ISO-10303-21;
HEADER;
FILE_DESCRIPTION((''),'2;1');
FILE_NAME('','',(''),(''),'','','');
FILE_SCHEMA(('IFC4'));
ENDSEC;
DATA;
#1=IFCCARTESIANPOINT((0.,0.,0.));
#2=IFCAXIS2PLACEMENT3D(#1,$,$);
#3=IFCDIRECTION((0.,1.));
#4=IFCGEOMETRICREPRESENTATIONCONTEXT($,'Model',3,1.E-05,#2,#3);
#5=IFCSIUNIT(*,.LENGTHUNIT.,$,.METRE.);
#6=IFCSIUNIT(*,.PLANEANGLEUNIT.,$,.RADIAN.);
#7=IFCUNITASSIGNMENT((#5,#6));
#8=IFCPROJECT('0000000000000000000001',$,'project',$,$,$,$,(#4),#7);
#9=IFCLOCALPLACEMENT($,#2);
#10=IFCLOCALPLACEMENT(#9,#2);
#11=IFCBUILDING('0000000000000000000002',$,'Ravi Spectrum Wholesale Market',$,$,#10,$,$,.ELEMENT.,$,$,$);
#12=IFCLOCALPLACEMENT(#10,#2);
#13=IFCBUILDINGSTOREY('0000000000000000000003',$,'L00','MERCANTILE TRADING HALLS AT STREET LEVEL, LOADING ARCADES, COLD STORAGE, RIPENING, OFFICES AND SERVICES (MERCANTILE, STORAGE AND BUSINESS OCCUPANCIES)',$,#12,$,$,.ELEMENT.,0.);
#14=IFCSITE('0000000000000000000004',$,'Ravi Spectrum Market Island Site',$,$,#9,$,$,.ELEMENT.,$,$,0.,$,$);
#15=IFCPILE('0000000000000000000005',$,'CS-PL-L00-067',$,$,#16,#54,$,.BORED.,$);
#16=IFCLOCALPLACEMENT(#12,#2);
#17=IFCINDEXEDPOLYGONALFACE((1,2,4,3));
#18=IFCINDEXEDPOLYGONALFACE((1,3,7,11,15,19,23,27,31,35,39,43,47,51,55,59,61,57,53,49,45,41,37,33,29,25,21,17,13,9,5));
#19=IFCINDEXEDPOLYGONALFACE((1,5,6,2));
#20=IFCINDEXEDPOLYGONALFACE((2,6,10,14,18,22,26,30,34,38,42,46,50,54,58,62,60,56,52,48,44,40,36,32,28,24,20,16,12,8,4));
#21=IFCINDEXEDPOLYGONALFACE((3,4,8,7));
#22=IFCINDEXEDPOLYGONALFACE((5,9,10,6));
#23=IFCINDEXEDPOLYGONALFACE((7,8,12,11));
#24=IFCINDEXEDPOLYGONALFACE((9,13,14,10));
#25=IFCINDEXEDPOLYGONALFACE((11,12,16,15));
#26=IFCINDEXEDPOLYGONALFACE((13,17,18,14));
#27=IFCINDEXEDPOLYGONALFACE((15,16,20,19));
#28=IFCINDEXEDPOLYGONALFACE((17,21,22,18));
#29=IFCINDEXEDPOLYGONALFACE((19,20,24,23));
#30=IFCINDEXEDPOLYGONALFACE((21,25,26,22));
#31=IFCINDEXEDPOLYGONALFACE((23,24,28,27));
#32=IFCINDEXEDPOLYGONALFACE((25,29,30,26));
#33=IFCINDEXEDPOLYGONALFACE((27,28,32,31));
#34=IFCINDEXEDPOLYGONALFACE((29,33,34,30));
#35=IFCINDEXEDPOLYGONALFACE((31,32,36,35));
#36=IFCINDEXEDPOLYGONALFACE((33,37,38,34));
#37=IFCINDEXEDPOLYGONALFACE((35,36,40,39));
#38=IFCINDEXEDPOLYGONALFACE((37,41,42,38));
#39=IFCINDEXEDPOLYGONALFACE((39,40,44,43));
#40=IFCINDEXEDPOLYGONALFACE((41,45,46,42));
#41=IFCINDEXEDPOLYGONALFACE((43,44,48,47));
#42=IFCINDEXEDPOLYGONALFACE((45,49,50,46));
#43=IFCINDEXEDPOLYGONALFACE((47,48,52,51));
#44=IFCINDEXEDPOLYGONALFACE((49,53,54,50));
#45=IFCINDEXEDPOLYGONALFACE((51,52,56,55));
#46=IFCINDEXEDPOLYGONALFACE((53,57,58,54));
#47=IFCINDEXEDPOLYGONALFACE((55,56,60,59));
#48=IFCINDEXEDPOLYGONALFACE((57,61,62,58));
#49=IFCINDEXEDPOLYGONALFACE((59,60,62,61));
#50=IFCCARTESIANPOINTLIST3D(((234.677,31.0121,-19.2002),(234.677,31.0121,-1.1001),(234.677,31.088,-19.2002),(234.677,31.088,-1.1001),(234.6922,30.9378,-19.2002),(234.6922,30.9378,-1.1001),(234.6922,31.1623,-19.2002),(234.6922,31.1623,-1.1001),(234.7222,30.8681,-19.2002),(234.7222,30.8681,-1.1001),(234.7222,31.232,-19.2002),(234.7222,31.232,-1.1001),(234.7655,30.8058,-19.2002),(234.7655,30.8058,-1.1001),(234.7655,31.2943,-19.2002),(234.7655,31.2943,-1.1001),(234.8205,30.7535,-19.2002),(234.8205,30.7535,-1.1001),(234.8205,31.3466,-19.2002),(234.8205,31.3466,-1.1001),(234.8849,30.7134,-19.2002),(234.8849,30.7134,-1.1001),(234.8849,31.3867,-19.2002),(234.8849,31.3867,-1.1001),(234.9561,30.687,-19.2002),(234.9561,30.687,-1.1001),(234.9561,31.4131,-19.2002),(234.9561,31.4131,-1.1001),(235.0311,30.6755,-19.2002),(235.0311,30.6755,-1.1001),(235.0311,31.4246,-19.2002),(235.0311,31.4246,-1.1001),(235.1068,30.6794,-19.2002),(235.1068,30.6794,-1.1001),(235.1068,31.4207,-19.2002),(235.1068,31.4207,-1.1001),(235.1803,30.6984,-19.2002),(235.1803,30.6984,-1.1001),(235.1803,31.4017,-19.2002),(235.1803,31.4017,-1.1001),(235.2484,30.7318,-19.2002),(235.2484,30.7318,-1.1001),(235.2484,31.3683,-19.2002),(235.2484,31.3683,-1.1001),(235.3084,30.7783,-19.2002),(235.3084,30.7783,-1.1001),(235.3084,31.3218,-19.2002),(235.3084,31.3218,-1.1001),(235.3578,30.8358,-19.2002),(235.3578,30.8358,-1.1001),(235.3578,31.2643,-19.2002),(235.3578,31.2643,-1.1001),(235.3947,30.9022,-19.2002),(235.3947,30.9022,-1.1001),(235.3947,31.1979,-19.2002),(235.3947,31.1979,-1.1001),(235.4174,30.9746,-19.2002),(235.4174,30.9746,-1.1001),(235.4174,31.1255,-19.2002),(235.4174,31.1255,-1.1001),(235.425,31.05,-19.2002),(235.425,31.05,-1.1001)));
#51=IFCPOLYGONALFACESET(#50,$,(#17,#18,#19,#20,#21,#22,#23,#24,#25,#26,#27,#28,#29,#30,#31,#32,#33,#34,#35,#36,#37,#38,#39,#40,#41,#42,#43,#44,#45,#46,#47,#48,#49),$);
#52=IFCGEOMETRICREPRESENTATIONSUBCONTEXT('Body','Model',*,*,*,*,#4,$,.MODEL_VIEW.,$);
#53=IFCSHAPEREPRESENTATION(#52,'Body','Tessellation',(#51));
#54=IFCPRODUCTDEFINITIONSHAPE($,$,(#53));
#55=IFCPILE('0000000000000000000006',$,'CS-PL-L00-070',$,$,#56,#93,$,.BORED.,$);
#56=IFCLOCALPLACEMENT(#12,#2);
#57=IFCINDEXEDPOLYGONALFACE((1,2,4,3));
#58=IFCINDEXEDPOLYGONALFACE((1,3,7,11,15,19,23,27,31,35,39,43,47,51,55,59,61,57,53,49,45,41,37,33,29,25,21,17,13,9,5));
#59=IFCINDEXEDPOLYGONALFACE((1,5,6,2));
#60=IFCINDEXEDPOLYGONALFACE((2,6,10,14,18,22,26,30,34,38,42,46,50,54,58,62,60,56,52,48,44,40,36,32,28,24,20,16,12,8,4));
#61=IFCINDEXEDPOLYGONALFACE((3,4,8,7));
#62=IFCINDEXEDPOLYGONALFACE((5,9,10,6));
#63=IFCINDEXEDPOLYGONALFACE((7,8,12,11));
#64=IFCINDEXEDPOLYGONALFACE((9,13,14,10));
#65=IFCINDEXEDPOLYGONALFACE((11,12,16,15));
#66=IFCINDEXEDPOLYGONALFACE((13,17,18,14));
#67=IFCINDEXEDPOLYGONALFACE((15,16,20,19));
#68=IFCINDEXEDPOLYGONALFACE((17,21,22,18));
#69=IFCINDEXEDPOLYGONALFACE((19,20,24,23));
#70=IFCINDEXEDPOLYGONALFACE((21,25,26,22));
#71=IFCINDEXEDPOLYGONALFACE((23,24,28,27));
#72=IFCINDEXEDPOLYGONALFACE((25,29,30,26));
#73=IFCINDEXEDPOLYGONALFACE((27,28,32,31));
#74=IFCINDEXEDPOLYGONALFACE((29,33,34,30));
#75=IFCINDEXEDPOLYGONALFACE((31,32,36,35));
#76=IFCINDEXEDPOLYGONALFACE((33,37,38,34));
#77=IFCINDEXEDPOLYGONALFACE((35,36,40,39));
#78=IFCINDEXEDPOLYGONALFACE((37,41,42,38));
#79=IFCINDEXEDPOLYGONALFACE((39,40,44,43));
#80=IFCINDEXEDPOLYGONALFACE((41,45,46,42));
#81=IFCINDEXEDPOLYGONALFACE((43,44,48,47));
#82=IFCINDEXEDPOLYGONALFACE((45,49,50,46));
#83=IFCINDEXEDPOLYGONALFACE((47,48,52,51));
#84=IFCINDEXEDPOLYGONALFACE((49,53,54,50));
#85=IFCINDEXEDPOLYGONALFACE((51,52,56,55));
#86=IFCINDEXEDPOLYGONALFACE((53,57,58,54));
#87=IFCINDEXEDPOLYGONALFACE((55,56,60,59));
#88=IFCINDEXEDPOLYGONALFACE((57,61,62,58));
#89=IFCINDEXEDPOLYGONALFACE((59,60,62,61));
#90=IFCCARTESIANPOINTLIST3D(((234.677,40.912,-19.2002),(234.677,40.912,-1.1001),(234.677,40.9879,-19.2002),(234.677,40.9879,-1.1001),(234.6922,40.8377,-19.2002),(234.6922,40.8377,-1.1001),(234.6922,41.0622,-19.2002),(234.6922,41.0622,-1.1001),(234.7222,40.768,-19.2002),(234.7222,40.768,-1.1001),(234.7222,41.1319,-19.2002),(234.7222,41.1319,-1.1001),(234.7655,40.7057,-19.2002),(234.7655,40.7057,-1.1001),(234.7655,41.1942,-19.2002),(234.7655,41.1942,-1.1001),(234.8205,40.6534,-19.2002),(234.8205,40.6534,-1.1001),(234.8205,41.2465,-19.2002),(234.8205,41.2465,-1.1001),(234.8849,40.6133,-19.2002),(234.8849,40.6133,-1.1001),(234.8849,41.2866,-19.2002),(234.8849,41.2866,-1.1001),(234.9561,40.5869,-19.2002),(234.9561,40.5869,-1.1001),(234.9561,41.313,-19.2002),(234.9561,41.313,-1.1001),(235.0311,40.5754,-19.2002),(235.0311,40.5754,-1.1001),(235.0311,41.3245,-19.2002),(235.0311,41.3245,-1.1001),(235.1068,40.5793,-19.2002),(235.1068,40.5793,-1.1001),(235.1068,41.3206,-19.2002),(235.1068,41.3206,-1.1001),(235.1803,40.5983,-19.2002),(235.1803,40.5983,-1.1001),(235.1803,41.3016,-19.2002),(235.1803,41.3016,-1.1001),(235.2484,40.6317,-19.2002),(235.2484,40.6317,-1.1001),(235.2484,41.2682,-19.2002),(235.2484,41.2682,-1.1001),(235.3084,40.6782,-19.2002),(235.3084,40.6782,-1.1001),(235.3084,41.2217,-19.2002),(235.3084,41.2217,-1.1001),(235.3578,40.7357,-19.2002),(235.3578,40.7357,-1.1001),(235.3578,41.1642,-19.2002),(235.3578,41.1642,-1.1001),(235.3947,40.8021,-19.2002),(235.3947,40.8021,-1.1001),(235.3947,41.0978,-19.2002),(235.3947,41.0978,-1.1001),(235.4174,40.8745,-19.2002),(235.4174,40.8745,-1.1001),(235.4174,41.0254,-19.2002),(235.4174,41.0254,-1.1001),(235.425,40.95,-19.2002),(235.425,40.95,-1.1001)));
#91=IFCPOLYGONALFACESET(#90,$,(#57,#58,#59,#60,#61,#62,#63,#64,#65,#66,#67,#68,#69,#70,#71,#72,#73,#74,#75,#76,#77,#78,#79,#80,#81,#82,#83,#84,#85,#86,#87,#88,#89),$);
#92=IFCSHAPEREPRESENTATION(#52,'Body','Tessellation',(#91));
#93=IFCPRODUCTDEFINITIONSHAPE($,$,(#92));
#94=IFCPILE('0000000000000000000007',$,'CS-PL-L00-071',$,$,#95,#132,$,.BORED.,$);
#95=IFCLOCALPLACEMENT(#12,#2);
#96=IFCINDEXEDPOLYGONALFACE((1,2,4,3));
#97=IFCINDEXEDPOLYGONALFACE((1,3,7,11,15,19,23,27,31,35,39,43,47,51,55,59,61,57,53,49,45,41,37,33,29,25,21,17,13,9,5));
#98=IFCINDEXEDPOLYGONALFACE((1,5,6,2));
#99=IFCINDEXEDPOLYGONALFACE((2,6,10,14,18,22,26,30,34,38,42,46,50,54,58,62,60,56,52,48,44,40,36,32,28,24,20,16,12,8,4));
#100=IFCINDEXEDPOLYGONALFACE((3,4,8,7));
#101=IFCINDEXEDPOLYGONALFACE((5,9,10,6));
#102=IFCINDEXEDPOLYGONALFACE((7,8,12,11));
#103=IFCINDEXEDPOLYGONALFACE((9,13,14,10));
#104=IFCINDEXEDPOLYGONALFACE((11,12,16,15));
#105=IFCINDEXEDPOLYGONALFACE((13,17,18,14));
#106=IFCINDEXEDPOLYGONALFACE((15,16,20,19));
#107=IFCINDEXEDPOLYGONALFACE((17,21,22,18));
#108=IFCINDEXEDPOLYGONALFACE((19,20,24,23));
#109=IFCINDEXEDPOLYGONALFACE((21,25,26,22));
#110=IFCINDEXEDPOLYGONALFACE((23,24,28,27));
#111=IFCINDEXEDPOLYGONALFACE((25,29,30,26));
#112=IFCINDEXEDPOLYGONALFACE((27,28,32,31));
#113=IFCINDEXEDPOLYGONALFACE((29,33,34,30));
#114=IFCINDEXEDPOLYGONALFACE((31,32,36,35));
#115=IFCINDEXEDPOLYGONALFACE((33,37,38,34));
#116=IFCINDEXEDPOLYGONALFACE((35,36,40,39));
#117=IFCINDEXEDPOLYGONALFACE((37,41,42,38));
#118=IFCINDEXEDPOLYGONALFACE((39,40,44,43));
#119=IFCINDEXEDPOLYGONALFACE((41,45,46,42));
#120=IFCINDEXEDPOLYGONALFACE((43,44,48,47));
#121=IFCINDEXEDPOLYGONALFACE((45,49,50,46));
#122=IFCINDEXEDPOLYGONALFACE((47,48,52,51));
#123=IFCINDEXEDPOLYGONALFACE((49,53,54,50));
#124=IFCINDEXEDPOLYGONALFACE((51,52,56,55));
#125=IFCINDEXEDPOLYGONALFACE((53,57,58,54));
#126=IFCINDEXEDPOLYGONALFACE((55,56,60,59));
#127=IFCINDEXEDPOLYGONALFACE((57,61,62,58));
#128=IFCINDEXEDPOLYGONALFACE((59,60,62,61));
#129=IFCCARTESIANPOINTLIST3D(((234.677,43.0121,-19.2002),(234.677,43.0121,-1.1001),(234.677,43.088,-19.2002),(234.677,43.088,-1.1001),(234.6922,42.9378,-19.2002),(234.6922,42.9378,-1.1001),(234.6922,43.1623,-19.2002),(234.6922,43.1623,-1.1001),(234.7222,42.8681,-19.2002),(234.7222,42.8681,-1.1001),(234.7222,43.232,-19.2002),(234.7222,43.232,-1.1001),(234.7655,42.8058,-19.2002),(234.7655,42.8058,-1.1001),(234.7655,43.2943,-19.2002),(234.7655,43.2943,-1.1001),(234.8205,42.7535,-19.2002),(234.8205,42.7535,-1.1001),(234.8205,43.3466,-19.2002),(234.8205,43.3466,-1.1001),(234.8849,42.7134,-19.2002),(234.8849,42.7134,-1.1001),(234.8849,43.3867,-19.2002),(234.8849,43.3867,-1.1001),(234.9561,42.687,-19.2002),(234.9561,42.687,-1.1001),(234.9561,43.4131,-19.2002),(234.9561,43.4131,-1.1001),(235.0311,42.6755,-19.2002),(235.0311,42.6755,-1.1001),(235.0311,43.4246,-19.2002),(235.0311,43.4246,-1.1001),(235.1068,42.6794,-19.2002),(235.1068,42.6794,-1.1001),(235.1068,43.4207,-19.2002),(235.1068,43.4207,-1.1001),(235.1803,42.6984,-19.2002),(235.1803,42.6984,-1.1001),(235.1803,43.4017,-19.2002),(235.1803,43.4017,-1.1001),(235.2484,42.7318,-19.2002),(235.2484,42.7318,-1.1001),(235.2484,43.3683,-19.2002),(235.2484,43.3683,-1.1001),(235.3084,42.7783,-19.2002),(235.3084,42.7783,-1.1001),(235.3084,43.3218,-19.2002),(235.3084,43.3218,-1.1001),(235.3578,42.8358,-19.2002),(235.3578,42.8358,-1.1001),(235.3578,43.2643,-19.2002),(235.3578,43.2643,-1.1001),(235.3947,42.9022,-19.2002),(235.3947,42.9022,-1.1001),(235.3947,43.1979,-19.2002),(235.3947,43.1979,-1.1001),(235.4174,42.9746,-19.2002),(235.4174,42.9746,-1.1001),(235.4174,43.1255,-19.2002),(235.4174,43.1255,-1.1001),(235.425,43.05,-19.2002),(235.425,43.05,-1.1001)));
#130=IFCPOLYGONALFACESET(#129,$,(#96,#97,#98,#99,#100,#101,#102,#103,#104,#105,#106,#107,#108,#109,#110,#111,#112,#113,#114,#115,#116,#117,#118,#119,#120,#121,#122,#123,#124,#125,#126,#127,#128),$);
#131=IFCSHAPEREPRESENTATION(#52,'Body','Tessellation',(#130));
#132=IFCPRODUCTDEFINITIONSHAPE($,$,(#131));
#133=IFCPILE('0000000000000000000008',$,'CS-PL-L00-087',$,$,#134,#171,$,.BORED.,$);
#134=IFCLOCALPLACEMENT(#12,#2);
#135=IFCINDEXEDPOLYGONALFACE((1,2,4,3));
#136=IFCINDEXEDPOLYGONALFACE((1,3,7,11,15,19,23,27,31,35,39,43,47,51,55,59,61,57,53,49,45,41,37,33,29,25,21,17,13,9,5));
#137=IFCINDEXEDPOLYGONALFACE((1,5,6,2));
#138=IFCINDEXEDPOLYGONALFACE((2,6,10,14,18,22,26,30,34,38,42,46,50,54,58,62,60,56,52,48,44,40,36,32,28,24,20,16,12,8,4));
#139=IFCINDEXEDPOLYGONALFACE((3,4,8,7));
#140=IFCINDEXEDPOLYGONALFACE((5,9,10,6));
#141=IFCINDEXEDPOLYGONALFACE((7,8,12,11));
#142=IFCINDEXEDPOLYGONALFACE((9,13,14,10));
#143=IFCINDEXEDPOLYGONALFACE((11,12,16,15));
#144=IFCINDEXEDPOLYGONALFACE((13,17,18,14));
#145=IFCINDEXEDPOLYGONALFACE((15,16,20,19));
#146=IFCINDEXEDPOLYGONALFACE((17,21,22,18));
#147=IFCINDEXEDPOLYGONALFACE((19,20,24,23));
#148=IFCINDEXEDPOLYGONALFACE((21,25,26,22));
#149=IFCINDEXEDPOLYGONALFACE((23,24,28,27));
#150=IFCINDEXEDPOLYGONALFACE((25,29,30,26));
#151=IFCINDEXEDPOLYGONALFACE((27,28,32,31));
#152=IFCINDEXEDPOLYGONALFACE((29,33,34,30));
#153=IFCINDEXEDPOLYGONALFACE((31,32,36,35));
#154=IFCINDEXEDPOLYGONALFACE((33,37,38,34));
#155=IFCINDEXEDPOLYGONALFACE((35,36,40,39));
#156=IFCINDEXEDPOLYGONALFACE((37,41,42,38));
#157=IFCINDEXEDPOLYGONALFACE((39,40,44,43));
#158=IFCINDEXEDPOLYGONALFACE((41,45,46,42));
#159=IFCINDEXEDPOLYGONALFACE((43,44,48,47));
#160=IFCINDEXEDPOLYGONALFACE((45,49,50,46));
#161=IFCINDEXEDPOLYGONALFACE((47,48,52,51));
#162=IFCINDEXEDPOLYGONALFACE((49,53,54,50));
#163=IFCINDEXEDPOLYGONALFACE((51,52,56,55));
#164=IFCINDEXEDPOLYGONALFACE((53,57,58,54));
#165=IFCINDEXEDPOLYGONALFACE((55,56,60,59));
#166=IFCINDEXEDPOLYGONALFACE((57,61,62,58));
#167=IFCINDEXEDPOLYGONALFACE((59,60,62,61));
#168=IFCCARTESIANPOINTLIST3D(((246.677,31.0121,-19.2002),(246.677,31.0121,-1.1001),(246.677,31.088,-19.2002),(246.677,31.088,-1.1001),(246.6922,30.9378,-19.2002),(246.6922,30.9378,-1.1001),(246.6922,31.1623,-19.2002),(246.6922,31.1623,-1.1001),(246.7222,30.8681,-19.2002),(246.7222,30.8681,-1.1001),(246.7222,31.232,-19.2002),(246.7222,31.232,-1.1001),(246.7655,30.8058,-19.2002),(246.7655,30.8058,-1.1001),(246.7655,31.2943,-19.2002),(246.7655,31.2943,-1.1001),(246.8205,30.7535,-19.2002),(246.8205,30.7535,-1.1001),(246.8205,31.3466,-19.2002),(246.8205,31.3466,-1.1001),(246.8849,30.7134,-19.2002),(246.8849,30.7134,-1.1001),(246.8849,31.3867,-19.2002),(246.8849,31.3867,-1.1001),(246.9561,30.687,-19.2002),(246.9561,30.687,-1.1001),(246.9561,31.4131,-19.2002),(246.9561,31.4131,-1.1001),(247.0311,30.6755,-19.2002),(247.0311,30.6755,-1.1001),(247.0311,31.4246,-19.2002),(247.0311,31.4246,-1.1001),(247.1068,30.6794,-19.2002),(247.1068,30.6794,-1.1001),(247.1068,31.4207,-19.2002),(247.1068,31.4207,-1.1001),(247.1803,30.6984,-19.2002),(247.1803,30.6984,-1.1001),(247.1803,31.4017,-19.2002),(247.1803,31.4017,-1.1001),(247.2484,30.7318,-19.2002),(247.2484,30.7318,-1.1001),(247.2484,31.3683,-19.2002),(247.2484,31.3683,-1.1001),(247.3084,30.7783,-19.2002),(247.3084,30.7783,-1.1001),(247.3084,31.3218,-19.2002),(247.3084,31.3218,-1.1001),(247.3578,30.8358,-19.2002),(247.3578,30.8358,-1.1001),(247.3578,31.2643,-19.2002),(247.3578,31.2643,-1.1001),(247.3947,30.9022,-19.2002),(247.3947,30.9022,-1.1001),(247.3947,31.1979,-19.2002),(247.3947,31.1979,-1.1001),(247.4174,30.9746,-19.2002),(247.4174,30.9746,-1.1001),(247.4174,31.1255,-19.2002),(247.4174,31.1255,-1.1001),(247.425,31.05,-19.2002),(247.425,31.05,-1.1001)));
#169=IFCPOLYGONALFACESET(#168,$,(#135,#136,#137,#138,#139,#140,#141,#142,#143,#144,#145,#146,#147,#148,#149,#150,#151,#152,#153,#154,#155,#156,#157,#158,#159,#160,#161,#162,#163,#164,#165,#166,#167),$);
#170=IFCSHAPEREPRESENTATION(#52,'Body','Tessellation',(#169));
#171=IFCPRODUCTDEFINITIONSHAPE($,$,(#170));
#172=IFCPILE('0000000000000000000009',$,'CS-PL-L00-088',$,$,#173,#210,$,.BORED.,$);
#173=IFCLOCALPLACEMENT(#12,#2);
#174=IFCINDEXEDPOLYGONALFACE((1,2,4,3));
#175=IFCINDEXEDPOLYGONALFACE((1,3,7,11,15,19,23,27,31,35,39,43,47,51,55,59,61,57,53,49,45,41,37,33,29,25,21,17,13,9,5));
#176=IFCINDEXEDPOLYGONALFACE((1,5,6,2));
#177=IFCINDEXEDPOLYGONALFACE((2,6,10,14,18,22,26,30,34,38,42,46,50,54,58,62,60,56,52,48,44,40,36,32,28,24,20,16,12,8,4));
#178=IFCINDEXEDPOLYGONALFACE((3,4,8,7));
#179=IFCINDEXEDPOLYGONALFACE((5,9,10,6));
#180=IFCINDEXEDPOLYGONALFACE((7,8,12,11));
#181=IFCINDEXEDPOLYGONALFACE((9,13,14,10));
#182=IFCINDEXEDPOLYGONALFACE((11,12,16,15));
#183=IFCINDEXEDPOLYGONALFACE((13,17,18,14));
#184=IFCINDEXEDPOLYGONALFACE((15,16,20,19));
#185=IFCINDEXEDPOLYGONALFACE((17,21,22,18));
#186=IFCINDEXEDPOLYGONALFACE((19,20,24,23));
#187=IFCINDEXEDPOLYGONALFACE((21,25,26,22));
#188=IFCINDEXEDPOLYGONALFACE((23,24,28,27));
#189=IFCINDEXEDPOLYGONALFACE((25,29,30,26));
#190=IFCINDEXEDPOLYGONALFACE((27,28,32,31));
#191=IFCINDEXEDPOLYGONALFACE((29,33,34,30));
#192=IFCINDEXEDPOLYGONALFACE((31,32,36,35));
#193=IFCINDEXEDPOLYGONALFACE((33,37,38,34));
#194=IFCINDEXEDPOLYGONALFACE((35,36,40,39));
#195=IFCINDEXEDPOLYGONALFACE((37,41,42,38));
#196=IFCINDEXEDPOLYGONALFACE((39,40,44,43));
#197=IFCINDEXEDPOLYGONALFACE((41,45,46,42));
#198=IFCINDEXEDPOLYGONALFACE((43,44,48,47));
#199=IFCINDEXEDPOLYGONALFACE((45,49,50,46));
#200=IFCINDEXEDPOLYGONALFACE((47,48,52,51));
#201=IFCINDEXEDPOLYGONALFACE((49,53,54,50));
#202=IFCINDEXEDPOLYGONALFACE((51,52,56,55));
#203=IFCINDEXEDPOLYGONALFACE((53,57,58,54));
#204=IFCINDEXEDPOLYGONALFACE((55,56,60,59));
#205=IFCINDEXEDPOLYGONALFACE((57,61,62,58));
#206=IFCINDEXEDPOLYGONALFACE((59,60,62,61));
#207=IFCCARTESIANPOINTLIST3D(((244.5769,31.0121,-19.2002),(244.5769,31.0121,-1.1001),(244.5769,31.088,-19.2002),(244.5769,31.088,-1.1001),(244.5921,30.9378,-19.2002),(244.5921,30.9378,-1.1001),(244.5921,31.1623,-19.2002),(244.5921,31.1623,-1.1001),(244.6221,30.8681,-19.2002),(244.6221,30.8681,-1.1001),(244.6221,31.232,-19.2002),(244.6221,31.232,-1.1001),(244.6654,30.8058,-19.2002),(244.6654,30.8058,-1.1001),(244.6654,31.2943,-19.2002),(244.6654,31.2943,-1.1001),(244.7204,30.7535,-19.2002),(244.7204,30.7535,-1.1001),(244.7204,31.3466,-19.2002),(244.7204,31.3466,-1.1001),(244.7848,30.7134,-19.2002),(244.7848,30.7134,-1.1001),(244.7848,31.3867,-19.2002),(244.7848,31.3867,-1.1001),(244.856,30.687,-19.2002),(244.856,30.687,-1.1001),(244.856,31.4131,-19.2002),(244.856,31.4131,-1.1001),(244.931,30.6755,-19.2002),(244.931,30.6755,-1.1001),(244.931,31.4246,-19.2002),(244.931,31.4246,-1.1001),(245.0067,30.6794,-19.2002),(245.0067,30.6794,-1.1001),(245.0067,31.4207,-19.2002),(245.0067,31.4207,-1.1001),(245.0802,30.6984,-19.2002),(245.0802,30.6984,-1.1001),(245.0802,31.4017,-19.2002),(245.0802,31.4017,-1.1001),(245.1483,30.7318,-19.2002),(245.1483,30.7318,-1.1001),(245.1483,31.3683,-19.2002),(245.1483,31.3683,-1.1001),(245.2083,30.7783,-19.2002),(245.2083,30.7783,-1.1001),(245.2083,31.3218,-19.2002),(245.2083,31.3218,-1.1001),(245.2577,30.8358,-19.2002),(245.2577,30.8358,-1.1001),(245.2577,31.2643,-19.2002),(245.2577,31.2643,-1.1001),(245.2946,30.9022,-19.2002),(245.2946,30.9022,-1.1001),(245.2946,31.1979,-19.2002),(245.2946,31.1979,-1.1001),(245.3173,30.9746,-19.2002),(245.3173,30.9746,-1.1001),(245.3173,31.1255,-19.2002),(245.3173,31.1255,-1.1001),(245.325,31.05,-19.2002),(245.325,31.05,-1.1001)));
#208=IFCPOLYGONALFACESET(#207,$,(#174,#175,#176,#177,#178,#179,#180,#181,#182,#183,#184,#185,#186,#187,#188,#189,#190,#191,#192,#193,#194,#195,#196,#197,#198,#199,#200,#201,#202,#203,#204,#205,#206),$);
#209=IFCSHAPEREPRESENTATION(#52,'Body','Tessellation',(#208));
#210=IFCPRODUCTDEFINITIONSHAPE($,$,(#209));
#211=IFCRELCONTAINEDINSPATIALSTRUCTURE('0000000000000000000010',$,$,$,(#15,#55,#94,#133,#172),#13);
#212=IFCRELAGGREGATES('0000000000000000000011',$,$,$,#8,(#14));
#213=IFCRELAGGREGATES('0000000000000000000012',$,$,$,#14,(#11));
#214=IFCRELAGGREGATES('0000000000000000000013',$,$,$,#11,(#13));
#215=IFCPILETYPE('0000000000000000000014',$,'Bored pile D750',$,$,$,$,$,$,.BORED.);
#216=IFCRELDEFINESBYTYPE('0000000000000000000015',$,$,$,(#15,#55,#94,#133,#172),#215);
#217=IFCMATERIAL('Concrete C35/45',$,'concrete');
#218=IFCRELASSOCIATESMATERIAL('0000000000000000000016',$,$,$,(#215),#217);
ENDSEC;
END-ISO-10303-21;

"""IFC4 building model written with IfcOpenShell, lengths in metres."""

from ifc_helpers import new_model, si_unit, direction, frame, origin, origin_2d, place, context, subcontext, project, spatial, circle, extrude, material, material_profile, profile_set, type_object, element, save


model = new_model("IFC4")

# Units and contexts
model_context = context("Model", 3, precision=1e-05, world=origin(), true_north=direction((0.0, 1.0)))
body_context = subcontext(model_context, "Body", "Model", "MODEL_VIEW")
ifc_project = project(units=[si_unit("LENGTHUNIT", "METRE"), si_unit("PLANEANGLEUNIT", "RADIAN")], contexts=[model_context])

# Site, building, storey
site_placement = place(None, origin())
site = spatial("IfcSite", under=ifc_project, at=site_placement, Name="Ravi Spectrum Market Island Site", CompositionType="ELEMENT", RefElevation=0.0)
building_placement = place(site_placement, origin())
building = spatial("IfcBuilding", under=site, at=building_placement, Name="Ravi Spectrum Wholesale Market", CompositionType="ELEMENT")
storey_placement = place(building_placement, origin())
storey = spatial("IfcBuildingStorey", under=building, at=storey_placement, Name="L00", Description="MERCANTILE TRADING HALLS AT STREET LEVEL, LOADING ARCADES, COLD STORAGE, RIPENING, OFFICES AND SERVICES (MERCANTILE, STORAGE AND BUSINESS OCCUPANCIES)", CompositionType="ELEMENT", Elevation=0.0)

# Piles
ifc_material_1 = material(Name="Concrete C35/45", Category="concrete")
ifc_material_profile_1 = material_profile(ifc_material_1, circle(Radius=0.375, at=origin_2d()))
ifc_profile_set_1 = profile_set([ifc_material_profile_1], Name="Concrete C35/45")
pile_type = type_object("IfcPileType", Name="Bored pile D750", PredefinedType="BORED", material=ifc_profile_set_1)
for number, where, z_axis, x_axis, name in (
    (1, (235.05, 31.05, -1.1001), (0.0, 0.0, -1.0), (1.0, 0.0, 0.0), "CS-PL-L00-067"),
    (2, (235.05, 40.95, -1.1001), (0.0, 0.0, -1.0), (1.0, 0.0, 0.0), "CS-PL-L00-070"),
    (3, (235.05, 43.05, -1.1001), (0.0, 0.0, -1.0), (1.0, 0.0, 0.0), "CS-PL-L00-071"),
    (4, (247.05, 31.05, -1.1001), (0.0, 0.0, -1.0), (1.0, 0.0, 0.0), "CS-PL-L00-087"),
    (5, (244.95, 31.05, -1.1001), (0.0, 0.0, -1.0), (1.0, 0.0, 0.0), "CS-PL-L00-088"),
):
    element("IfcPile", number, at=place(storey_placement, frame(where, z_axis=z_axis, x_axis=x_axis)), inside=storey, type_object=pile_type, Name=name, PredefinedType="BORED", context=body_context, shape_type="SweptSolid", body=[
        extrude(circle(Radius=0.375, at=origin_2d()), origin(), (0.0, 0.0, 1.0), 18.1001),
    ])

save(model, "model.ifc")
